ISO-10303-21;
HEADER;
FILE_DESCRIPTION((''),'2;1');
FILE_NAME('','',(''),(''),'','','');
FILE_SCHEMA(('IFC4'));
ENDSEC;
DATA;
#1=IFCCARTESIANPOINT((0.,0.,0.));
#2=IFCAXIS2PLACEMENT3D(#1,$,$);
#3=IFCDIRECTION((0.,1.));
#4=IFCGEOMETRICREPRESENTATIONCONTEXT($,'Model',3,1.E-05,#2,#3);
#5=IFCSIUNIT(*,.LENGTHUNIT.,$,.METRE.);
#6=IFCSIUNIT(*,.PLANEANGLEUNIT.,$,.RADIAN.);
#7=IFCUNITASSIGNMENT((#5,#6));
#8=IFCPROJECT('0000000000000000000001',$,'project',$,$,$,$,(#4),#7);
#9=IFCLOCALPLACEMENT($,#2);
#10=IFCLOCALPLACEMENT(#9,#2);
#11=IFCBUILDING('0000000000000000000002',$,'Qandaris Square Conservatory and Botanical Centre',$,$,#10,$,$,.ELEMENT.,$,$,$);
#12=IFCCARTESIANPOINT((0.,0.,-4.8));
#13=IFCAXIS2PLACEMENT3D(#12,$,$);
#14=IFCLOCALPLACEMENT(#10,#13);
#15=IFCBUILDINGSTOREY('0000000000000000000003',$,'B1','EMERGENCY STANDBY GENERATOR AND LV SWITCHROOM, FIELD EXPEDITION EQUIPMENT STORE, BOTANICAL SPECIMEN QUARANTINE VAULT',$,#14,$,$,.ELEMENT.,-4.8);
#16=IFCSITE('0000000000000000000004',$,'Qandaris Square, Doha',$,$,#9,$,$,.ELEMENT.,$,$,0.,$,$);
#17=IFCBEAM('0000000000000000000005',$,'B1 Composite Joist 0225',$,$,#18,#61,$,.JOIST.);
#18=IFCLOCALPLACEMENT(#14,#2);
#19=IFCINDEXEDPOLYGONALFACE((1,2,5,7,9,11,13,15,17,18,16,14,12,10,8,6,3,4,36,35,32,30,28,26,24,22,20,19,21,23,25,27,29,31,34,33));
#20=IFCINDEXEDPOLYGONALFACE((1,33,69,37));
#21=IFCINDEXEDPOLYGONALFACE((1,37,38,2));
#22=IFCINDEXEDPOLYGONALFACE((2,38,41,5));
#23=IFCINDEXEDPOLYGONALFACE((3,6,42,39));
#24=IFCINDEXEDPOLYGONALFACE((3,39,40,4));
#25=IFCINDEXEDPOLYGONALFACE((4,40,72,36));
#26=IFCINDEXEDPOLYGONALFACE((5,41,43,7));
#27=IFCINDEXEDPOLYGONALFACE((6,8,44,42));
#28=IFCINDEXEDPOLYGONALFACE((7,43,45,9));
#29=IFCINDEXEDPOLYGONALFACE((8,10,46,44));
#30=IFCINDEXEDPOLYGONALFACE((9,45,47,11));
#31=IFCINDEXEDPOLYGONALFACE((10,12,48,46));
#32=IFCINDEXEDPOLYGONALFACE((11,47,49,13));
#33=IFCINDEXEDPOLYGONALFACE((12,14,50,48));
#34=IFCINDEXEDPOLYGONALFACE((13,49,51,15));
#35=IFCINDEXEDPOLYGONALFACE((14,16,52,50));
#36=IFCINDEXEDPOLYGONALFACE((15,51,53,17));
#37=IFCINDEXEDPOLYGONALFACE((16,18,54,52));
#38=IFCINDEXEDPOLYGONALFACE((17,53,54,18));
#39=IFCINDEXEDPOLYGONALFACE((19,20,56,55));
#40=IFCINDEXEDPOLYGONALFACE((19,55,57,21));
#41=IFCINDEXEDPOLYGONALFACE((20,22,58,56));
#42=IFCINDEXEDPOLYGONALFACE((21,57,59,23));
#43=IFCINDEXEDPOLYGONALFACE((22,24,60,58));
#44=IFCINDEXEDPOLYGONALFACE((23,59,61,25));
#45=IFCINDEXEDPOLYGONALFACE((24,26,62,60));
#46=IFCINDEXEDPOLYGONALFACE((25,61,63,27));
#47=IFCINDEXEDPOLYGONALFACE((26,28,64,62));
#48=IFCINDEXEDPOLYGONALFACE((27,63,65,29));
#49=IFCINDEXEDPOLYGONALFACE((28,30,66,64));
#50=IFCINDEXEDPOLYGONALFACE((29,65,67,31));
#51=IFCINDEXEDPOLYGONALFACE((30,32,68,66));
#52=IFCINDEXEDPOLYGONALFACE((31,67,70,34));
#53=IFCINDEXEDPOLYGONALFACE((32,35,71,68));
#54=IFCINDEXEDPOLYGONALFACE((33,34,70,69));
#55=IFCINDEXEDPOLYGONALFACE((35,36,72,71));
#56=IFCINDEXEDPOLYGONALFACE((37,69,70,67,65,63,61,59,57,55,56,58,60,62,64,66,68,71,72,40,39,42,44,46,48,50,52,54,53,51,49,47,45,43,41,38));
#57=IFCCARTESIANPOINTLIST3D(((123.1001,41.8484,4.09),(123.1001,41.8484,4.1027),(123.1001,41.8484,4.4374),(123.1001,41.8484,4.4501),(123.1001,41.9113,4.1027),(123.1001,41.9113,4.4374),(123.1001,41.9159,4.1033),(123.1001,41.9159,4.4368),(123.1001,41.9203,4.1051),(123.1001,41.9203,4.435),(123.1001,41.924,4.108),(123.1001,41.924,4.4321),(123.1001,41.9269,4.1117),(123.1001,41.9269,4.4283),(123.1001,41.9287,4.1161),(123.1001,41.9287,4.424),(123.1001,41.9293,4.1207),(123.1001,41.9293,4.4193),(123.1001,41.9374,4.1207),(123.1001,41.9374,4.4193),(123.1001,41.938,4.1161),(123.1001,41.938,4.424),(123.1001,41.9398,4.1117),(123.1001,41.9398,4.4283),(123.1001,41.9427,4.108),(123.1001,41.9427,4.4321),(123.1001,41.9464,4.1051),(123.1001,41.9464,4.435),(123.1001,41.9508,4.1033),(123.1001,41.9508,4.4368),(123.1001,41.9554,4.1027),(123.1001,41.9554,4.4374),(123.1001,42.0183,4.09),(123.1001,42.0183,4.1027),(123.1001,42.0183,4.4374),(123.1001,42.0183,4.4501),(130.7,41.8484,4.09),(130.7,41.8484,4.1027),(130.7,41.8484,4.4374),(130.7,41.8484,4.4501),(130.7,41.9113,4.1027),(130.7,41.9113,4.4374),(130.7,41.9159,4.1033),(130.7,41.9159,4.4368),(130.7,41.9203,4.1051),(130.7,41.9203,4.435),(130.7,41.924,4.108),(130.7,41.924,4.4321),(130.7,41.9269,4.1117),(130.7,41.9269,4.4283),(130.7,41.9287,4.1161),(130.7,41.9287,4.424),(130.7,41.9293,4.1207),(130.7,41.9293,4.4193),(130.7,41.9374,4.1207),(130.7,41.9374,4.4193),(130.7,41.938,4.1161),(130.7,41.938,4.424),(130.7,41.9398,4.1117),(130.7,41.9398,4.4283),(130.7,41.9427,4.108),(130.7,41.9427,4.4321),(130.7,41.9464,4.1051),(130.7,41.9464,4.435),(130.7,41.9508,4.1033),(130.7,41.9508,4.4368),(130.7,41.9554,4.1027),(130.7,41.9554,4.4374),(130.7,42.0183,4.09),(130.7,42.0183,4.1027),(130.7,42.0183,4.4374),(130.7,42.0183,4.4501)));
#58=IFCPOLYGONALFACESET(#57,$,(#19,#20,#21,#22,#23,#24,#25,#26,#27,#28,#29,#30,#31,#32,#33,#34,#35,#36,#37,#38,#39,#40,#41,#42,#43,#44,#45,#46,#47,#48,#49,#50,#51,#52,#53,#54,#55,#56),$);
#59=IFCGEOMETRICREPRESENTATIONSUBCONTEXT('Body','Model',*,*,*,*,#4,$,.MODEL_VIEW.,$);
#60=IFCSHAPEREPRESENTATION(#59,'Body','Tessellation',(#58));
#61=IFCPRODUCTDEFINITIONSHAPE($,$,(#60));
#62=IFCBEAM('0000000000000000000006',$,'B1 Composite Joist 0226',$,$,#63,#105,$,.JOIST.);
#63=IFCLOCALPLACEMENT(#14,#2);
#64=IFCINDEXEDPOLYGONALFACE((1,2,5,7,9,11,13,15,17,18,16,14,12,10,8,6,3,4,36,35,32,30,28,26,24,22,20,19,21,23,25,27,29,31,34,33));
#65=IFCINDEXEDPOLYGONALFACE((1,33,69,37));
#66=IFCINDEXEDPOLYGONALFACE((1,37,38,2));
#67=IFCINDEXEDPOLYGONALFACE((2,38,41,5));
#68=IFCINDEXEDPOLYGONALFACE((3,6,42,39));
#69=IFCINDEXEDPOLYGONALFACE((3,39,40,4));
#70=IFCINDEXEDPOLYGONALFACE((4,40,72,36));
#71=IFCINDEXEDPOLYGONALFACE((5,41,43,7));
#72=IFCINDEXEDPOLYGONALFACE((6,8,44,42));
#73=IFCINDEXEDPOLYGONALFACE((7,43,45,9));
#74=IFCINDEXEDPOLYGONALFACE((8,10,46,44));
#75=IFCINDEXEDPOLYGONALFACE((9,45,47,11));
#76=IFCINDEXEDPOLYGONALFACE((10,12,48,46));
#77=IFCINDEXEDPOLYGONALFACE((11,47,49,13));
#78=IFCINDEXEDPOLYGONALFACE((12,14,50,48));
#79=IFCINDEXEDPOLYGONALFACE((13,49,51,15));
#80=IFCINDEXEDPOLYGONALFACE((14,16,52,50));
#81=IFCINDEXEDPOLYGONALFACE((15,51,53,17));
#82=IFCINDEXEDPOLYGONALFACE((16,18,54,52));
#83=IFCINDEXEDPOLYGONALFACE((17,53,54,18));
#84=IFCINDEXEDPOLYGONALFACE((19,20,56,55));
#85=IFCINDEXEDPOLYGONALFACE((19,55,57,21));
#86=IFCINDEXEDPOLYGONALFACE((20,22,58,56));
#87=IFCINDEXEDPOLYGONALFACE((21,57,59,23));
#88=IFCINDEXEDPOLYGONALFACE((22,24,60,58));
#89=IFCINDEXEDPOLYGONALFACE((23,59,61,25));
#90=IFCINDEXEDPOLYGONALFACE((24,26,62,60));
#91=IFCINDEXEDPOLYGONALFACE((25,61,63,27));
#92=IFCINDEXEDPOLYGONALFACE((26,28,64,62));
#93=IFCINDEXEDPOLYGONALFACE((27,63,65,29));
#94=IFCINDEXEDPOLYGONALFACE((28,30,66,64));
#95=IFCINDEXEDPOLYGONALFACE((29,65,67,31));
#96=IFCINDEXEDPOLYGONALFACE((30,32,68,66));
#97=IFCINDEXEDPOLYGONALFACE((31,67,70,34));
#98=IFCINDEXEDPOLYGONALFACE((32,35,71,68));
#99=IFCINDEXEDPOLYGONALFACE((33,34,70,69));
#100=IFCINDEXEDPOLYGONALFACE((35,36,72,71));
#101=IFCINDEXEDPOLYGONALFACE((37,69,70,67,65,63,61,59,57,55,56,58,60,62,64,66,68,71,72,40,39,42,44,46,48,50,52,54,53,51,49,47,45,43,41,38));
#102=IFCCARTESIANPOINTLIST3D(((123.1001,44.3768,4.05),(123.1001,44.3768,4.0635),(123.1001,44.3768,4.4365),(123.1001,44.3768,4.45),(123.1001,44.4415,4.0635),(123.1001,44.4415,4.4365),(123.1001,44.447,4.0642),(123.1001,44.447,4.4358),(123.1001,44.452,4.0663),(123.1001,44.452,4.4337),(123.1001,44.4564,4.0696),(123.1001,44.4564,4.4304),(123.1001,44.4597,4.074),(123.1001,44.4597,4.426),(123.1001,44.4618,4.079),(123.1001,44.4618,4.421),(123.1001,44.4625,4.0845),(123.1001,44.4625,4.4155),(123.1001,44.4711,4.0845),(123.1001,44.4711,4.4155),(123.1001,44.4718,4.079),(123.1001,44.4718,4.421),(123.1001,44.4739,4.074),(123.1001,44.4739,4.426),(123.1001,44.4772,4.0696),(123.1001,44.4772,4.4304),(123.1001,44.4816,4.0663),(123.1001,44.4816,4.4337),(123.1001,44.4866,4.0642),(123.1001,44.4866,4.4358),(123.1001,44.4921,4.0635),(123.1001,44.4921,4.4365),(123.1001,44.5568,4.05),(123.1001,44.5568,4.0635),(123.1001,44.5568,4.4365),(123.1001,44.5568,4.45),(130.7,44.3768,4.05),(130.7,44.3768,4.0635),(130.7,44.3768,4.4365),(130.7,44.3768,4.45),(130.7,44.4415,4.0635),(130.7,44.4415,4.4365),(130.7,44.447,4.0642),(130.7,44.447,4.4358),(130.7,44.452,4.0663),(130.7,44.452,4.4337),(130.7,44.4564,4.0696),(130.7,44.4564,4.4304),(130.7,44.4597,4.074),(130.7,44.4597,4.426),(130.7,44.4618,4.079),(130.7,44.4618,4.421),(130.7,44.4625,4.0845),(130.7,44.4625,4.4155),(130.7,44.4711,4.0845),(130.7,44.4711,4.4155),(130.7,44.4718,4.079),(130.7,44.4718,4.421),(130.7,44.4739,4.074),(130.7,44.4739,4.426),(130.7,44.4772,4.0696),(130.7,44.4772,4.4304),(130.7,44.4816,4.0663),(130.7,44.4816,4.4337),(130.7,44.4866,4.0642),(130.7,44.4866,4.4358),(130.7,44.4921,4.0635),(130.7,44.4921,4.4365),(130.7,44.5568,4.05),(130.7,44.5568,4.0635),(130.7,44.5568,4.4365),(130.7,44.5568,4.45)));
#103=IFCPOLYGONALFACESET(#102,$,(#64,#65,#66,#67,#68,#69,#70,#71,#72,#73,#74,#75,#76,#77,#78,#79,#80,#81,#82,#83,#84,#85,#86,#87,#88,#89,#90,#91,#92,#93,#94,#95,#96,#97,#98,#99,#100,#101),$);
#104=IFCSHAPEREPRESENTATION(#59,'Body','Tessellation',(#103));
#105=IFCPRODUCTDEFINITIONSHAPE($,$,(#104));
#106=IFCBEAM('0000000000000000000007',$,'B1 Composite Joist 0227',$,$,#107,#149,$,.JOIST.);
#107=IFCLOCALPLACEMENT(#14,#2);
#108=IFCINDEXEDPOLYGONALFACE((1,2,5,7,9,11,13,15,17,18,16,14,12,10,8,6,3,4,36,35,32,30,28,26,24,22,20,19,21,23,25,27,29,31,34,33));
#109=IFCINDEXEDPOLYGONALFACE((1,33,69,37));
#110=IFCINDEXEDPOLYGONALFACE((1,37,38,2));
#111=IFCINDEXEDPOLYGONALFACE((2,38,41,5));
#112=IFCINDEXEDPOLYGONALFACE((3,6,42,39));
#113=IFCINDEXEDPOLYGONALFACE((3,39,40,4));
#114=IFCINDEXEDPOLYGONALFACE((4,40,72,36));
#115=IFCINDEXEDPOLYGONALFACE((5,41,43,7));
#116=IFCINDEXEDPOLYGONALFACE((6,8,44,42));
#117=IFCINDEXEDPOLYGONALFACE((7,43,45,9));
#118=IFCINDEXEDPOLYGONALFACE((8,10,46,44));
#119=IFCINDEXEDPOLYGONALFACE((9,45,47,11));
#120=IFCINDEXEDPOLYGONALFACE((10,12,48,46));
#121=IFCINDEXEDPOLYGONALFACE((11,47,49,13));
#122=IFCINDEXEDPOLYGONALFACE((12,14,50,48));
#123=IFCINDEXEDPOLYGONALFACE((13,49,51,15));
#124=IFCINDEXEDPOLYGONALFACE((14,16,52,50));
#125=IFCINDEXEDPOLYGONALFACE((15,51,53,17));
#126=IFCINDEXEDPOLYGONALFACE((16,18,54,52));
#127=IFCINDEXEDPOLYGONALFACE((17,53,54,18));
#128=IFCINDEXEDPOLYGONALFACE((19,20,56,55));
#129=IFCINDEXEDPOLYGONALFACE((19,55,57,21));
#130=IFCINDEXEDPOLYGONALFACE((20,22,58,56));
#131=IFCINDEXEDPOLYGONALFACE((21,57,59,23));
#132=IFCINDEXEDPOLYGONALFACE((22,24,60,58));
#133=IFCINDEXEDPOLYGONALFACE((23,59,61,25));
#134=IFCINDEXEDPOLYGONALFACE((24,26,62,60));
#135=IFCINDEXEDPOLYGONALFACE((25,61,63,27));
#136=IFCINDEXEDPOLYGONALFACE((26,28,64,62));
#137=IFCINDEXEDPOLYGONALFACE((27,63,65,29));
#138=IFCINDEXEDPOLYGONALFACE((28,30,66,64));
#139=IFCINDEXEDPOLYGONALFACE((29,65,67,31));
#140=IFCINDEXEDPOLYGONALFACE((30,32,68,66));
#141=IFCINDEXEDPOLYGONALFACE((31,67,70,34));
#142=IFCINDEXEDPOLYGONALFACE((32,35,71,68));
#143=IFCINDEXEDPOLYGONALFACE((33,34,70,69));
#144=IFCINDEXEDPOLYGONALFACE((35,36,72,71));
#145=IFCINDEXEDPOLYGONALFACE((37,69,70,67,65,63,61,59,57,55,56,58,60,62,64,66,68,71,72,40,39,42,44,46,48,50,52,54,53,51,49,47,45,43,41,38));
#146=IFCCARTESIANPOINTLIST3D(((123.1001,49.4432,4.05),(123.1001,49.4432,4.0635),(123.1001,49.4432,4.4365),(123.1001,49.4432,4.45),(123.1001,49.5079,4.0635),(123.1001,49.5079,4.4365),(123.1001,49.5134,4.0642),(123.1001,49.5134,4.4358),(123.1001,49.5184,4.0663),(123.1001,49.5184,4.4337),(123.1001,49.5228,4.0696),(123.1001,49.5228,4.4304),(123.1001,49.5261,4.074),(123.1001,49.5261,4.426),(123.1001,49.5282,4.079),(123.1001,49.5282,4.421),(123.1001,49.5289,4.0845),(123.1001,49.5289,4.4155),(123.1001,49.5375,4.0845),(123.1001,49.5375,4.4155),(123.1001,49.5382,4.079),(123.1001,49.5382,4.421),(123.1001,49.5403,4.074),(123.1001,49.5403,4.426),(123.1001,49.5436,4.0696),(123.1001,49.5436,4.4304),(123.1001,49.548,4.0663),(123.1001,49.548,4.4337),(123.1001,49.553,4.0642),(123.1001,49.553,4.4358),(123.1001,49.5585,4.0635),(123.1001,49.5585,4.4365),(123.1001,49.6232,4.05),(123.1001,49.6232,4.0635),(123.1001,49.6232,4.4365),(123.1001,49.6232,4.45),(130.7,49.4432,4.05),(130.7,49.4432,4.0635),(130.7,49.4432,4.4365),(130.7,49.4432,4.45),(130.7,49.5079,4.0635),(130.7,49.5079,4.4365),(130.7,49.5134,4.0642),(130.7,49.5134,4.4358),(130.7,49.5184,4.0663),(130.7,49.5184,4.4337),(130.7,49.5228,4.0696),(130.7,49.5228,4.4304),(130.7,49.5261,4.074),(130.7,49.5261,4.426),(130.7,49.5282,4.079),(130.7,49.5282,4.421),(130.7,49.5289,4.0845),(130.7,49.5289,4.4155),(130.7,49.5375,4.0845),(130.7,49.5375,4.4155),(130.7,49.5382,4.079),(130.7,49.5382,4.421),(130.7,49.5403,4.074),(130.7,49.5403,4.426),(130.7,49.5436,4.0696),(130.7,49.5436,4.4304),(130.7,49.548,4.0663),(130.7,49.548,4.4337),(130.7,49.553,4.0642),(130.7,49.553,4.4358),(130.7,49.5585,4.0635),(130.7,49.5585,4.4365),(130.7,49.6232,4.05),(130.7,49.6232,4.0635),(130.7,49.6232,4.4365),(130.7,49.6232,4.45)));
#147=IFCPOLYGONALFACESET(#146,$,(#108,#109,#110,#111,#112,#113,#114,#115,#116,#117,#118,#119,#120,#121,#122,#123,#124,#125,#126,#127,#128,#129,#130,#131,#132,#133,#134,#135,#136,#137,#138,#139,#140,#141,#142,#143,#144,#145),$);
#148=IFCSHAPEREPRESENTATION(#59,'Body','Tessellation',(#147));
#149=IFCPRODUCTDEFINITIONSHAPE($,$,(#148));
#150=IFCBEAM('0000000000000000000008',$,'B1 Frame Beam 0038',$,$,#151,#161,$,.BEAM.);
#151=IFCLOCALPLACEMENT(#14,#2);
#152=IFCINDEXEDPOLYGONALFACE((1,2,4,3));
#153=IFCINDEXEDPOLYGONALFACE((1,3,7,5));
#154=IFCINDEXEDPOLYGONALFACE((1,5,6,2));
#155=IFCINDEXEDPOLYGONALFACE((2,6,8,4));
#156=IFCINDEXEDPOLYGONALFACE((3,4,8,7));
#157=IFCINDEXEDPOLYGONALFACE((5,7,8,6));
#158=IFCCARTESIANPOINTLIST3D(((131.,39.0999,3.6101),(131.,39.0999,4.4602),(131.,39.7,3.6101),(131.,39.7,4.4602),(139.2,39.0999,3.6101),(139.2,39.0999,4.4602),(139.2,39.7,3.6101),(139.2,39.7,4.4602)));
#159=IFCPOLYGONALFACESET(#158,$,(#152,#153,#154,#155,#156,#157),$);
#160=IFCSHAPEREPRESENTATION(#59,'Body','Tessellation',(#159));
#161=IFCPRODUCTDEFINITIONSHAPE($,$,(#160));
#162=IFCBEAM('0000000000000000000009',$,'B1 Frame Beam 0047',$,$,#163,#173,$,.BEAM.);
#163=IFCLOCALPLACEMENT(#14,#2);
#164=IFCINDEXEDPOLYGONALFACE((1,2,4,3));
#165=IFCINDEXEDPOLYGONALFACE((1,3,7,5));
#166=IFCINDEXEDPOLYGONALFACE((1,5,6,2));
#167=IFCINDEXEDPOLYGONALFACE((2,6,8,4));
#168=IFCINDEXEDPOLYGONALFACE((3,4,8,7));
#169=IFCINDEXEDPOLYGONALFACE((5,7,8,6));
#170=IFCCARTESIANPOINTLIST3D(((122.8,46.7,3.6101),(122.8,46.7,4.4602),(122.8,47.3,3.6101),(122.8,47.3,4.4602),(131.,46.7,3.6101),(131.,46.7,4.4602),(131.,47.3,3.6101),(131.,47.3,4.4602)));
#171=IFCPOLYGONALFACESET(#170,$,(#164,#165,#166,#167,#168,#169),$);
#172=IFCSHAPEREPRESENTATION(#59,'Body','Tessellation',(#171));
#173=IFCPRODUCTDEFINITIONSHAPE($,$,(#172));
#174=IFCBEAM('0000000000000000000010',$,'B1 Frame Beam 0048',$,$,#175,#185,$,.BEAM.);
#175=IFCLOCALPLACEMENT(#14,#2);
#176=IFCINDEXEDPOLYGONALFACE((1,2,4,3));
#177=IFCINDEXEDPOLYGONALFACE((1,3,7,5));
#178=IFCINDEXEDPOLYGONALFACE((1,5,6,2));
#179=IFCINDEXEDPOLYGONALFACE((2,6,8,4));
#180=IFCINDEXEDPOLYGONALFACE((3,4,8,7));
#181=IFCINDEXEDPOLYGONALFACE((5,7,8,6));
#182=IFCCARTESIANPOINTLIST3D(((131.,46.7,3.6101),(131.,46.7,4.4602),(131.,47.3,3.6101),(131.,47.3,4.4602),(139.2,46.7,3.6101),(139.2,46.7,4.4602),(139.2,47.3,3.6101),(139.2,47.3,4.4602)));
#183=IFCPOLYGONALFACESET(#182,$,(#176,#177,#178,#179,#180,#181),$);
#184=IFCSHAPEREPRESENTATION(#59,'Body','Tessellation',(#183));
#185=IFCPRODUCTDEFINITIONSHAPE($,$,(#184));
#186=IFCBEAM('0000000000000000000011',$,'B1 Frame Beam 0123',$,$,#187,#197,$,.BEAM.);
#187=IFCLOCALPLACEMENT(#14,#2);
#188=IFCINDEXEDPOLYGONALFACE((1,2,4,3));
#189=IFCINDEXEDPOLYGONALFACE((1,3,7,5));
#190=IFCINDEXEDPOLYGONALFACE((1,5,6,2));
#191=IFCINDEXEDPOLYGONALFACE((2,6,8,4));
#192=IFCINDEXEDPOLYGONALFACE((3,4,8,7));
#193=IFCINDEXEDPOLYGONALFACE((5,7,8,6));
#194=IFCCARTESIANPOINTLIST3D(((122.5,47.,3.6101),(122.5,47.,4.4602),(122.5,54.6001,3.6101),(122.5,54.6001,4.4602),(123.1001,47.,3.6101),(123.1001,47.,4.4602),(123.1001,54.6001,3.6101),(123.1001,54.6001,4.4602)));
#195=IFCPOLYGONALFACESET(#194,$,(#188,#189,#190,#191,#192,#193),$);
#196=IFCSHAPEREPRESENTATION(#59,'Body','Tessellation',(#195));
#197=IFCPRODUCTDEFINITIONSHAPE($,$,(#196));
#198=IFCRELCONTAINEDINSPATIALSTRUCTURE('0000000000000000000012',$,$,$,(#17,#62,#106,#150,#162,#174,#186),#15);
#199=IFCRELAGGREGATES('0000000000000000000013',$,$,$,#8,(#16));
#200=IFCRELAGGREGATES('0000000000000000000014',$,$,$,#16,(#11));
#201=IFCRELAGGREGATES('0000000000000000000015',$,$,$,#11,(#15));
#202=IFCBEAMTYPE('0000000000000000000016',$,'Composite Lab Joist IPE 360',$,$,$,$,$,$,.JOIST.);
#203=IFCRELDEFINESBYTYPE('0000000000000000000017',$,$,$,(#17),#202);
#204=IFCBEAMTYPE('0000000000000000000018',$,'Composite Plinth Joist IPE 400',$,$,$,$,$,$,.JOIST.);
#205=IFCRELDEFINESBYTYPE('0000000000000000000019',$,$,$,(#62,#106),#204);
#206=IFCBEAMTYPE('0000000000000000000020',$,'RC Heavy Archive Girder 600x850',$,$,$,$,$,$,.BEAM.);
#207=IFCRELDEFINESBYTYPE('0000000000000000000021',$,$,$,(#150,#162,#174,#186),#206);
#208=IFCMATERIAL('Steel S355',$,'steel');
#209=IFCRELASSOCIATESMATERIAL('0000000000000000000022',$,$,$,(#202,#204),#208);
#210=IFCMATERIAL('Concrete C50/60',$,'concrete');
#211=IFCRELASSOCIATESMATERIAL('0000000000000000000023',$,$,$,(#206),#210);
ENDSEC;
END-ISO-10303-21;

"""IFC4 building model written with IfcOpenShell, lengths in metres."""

from ifc_helpers import new_model, si_unit, direction, frame, origin, origin_2d, place, context, subcontext, project, spatial, rectangle, i_section, extrude, material, material_profile, profile_set, type_object, element, save


model = new_model("IFC4")

# Units and contexts
model_context = context("Model", 3, precision=1e-05, world=origin(), true_north=direction((0.0, 1.0)))
body_context = subcontext(model_context, "Body", "Model", "MODEL_VIEW")
ifc_project = project(units=[si_unit("LENGTHUNIT", "METRE"), si_unit("PLANEANGLEUNIT", "RADIAN")], contexts=[model_context])

# Site, building, storey
site_placement = place(None, origin())
site = spatial("IfcSite", under=ifc_project, at=site_placement, Name="Qandaris Square, Doha", CompositionType="ELEMENT", RefElevation=0.0)
building_placement = place(site_placement, origin())
building = spatial("IfcBuilding", under=site, at=building_placement, Name="Qandaris Square Conservatory and Botanical Centre", CompositionType="ELEMENT")
storey_placement = place(building_placement, frame((0.0, 0.0, -4.8)))
storey = spatial("IfcBuildingStorey", under=building, at=storey_placement, Name="B1", Description="EMERGENCY STANDBY GENERATOR AND LV SWITCHROOM, FIELD EXPEDITION EQUIPMENT STORE, BOTANICAL SPECIMEN QUARANTINE VAULT", CompositionType="ELEMENT", Elevation=-4.8)

# Shared definitions
ifc_material_1 = material(Name="Concrete C50/60", Category="concrete")

# Beams
ifc_material_2 = material(Name="Steel S355", Category="steel")
ifc_material_profile_1 = material_profile(ifc_material_2, i_section(OverallWidth=0.1699, OverallDepth=0.3601, WebThickness=0.0081, FlangeThickness=0.0127, FilletRadius=0.0181, at=origin_2d()), Name="IPE 360")
ifc_profile_set_1 = profile_set([ifc_material_profile_1], Name="Steel S355")
beam_type_1 = type_object("IfcBeamType", Name="Composite Lab Joist IPE 360", PredefinedType="JOIST", material=ifc_profile_set_1)
beam_1_placement = place(storey_placement, frame((123.1001, 41.9333, 4.27), z_axis=(1.0, 0.0, 0.0), x_axis=(0.0, 1.0, 0.0)))
element("IfcBeam", 1, at=beam_1_placement, inside=storey, type_object=beam_type_1, Name="B1 Composite Joist 0225", PredefinedType="JOIST", context=body_context, shape_type="SweptSolid", body=[
    extrude(i_section(OverallWidth=0.1699, OverallDepth=0.3601, WebThickness=0.0081, FlangeThickness=0.0127, FilletRadius=0.0181, at=origin_2d()), origin(), (0.0, 0.0, 1.0), 7.5999),
])
ifc_material_profile_2 = material_profile(ifc_material_2, i_section(OverallWidth=0.1799, OverallDepth=0.3999, WebThickness=0.0085, FlangeThickness=0.0134, FilletRadius=0.021, at=origin_2d()), Name="IPE 400")
ifc_profile_set_2 = profile_set([ifc_material_profile_2], Name="Steel S355")
beam_type_2 = type_object("IfcBeamType", Name="Composite Plinth Joist IPE 400", PredefinedType="JOIST", material=ifc_profile_set_2)
for number, where, z_axis, x_axis, name in (
    (2, (123.1001, 44.4668, 4.25), (1.0, 0.0, 0.0), (0.0, 1.0, 0.0), "B1 Composite Joist 0226"),
    (3, (123.1001, 49.5332, 4.25), (1.0, 0.0, 0.0), (0.0, 1.0, 0.0), "B1 Composite Joist 0227"),
):
    element("IfcBeam", number, at=place(storey_placement, frame(where, z_axis=z_axis, x_axis=x_axis)), inside=storey, type_object=beam_type_2, Name=name, PredefinedType="JOIST", context=body_context, shape_type="SweptSolid", body=[
        extrude(i_section(OverallWidth=0.1799, OverallDepth=0.3999, WebThickness=0.0085, FlangeThickness=0.0134, FilletRadius=0.021, at=origin_2d()), origin(), (0.0, 0.0, 1.0), 7.5999),
    ])
ifc_material_profile_3 = material_profile(ifc_material_1, rectangle(XDim=0.6001, YDim=0.8501, at=origin_2d()), Name="RC-BM 600x850")
ifc_profile_set_3 = profile_set([ifc_material_profile_3], Name="Concrete C50/60")
beam_type_3 = type_object("IfcBeamType", Name="RC Heavy Archive Girder 600x850", PredefinedType="BEAM", material=ifc_profile_set_3)
for number, where, z_axis, x_axis, name in (
    (4, (131.0, 39.3999, 4.0352), (1.0, 0.0, 0.0), (0.0, 1.0, 0.0), "B1 Frame Beam 0038"),
    (5, (122.8, 47.0, 4.0352), (1.0, 0.0, 0.0), (0.0, 1.0, 0.0), "B1 Frame Beam 0047"),
    (6, (131.0, 47.0, 4.0352), (1.0, 0.0, 0.0), (0.0, 1.0, 0.0), "B1 Frame Beam 0048"),
):
    element("IfcBeam", number, at=place(storey_placement, frame(where, z_axis=z_axis, x_axis=x_axis)), inside=storey, type_object=beam_type_3, Name=name, PredefinedType="BEAM", context=body_context, shape_type="SweptSolid", body=[
        extrude(rectangle(XDim=0.6001, YDim=0.8501, at=origin_2d()), origin(), (0.0, 0.0, 1.0), 8.2),
    ])
beam_2_placement = place(storey_placement, frame((122.8, 47.0, 4.0352), z_axis=(0.0, 1.0, 0.0), x_axis=(-1.0, 0.0, 0.0)))
element("IfcBeam", 7, at=beam_2_placement, inside=storey, type_object=beam_type_3, Name="B1 Frame Beam 0123", PredefinedType="BEAM", context=body_context, shape_type="SweptSolid", body=[
    extrude(rectangle(XDim=0.6001, YDim=0.8501, at=origin_2d()), origin(), (0.0, 0.0, 1.0), 7.6001),
])

save(model, "model.ifc")
